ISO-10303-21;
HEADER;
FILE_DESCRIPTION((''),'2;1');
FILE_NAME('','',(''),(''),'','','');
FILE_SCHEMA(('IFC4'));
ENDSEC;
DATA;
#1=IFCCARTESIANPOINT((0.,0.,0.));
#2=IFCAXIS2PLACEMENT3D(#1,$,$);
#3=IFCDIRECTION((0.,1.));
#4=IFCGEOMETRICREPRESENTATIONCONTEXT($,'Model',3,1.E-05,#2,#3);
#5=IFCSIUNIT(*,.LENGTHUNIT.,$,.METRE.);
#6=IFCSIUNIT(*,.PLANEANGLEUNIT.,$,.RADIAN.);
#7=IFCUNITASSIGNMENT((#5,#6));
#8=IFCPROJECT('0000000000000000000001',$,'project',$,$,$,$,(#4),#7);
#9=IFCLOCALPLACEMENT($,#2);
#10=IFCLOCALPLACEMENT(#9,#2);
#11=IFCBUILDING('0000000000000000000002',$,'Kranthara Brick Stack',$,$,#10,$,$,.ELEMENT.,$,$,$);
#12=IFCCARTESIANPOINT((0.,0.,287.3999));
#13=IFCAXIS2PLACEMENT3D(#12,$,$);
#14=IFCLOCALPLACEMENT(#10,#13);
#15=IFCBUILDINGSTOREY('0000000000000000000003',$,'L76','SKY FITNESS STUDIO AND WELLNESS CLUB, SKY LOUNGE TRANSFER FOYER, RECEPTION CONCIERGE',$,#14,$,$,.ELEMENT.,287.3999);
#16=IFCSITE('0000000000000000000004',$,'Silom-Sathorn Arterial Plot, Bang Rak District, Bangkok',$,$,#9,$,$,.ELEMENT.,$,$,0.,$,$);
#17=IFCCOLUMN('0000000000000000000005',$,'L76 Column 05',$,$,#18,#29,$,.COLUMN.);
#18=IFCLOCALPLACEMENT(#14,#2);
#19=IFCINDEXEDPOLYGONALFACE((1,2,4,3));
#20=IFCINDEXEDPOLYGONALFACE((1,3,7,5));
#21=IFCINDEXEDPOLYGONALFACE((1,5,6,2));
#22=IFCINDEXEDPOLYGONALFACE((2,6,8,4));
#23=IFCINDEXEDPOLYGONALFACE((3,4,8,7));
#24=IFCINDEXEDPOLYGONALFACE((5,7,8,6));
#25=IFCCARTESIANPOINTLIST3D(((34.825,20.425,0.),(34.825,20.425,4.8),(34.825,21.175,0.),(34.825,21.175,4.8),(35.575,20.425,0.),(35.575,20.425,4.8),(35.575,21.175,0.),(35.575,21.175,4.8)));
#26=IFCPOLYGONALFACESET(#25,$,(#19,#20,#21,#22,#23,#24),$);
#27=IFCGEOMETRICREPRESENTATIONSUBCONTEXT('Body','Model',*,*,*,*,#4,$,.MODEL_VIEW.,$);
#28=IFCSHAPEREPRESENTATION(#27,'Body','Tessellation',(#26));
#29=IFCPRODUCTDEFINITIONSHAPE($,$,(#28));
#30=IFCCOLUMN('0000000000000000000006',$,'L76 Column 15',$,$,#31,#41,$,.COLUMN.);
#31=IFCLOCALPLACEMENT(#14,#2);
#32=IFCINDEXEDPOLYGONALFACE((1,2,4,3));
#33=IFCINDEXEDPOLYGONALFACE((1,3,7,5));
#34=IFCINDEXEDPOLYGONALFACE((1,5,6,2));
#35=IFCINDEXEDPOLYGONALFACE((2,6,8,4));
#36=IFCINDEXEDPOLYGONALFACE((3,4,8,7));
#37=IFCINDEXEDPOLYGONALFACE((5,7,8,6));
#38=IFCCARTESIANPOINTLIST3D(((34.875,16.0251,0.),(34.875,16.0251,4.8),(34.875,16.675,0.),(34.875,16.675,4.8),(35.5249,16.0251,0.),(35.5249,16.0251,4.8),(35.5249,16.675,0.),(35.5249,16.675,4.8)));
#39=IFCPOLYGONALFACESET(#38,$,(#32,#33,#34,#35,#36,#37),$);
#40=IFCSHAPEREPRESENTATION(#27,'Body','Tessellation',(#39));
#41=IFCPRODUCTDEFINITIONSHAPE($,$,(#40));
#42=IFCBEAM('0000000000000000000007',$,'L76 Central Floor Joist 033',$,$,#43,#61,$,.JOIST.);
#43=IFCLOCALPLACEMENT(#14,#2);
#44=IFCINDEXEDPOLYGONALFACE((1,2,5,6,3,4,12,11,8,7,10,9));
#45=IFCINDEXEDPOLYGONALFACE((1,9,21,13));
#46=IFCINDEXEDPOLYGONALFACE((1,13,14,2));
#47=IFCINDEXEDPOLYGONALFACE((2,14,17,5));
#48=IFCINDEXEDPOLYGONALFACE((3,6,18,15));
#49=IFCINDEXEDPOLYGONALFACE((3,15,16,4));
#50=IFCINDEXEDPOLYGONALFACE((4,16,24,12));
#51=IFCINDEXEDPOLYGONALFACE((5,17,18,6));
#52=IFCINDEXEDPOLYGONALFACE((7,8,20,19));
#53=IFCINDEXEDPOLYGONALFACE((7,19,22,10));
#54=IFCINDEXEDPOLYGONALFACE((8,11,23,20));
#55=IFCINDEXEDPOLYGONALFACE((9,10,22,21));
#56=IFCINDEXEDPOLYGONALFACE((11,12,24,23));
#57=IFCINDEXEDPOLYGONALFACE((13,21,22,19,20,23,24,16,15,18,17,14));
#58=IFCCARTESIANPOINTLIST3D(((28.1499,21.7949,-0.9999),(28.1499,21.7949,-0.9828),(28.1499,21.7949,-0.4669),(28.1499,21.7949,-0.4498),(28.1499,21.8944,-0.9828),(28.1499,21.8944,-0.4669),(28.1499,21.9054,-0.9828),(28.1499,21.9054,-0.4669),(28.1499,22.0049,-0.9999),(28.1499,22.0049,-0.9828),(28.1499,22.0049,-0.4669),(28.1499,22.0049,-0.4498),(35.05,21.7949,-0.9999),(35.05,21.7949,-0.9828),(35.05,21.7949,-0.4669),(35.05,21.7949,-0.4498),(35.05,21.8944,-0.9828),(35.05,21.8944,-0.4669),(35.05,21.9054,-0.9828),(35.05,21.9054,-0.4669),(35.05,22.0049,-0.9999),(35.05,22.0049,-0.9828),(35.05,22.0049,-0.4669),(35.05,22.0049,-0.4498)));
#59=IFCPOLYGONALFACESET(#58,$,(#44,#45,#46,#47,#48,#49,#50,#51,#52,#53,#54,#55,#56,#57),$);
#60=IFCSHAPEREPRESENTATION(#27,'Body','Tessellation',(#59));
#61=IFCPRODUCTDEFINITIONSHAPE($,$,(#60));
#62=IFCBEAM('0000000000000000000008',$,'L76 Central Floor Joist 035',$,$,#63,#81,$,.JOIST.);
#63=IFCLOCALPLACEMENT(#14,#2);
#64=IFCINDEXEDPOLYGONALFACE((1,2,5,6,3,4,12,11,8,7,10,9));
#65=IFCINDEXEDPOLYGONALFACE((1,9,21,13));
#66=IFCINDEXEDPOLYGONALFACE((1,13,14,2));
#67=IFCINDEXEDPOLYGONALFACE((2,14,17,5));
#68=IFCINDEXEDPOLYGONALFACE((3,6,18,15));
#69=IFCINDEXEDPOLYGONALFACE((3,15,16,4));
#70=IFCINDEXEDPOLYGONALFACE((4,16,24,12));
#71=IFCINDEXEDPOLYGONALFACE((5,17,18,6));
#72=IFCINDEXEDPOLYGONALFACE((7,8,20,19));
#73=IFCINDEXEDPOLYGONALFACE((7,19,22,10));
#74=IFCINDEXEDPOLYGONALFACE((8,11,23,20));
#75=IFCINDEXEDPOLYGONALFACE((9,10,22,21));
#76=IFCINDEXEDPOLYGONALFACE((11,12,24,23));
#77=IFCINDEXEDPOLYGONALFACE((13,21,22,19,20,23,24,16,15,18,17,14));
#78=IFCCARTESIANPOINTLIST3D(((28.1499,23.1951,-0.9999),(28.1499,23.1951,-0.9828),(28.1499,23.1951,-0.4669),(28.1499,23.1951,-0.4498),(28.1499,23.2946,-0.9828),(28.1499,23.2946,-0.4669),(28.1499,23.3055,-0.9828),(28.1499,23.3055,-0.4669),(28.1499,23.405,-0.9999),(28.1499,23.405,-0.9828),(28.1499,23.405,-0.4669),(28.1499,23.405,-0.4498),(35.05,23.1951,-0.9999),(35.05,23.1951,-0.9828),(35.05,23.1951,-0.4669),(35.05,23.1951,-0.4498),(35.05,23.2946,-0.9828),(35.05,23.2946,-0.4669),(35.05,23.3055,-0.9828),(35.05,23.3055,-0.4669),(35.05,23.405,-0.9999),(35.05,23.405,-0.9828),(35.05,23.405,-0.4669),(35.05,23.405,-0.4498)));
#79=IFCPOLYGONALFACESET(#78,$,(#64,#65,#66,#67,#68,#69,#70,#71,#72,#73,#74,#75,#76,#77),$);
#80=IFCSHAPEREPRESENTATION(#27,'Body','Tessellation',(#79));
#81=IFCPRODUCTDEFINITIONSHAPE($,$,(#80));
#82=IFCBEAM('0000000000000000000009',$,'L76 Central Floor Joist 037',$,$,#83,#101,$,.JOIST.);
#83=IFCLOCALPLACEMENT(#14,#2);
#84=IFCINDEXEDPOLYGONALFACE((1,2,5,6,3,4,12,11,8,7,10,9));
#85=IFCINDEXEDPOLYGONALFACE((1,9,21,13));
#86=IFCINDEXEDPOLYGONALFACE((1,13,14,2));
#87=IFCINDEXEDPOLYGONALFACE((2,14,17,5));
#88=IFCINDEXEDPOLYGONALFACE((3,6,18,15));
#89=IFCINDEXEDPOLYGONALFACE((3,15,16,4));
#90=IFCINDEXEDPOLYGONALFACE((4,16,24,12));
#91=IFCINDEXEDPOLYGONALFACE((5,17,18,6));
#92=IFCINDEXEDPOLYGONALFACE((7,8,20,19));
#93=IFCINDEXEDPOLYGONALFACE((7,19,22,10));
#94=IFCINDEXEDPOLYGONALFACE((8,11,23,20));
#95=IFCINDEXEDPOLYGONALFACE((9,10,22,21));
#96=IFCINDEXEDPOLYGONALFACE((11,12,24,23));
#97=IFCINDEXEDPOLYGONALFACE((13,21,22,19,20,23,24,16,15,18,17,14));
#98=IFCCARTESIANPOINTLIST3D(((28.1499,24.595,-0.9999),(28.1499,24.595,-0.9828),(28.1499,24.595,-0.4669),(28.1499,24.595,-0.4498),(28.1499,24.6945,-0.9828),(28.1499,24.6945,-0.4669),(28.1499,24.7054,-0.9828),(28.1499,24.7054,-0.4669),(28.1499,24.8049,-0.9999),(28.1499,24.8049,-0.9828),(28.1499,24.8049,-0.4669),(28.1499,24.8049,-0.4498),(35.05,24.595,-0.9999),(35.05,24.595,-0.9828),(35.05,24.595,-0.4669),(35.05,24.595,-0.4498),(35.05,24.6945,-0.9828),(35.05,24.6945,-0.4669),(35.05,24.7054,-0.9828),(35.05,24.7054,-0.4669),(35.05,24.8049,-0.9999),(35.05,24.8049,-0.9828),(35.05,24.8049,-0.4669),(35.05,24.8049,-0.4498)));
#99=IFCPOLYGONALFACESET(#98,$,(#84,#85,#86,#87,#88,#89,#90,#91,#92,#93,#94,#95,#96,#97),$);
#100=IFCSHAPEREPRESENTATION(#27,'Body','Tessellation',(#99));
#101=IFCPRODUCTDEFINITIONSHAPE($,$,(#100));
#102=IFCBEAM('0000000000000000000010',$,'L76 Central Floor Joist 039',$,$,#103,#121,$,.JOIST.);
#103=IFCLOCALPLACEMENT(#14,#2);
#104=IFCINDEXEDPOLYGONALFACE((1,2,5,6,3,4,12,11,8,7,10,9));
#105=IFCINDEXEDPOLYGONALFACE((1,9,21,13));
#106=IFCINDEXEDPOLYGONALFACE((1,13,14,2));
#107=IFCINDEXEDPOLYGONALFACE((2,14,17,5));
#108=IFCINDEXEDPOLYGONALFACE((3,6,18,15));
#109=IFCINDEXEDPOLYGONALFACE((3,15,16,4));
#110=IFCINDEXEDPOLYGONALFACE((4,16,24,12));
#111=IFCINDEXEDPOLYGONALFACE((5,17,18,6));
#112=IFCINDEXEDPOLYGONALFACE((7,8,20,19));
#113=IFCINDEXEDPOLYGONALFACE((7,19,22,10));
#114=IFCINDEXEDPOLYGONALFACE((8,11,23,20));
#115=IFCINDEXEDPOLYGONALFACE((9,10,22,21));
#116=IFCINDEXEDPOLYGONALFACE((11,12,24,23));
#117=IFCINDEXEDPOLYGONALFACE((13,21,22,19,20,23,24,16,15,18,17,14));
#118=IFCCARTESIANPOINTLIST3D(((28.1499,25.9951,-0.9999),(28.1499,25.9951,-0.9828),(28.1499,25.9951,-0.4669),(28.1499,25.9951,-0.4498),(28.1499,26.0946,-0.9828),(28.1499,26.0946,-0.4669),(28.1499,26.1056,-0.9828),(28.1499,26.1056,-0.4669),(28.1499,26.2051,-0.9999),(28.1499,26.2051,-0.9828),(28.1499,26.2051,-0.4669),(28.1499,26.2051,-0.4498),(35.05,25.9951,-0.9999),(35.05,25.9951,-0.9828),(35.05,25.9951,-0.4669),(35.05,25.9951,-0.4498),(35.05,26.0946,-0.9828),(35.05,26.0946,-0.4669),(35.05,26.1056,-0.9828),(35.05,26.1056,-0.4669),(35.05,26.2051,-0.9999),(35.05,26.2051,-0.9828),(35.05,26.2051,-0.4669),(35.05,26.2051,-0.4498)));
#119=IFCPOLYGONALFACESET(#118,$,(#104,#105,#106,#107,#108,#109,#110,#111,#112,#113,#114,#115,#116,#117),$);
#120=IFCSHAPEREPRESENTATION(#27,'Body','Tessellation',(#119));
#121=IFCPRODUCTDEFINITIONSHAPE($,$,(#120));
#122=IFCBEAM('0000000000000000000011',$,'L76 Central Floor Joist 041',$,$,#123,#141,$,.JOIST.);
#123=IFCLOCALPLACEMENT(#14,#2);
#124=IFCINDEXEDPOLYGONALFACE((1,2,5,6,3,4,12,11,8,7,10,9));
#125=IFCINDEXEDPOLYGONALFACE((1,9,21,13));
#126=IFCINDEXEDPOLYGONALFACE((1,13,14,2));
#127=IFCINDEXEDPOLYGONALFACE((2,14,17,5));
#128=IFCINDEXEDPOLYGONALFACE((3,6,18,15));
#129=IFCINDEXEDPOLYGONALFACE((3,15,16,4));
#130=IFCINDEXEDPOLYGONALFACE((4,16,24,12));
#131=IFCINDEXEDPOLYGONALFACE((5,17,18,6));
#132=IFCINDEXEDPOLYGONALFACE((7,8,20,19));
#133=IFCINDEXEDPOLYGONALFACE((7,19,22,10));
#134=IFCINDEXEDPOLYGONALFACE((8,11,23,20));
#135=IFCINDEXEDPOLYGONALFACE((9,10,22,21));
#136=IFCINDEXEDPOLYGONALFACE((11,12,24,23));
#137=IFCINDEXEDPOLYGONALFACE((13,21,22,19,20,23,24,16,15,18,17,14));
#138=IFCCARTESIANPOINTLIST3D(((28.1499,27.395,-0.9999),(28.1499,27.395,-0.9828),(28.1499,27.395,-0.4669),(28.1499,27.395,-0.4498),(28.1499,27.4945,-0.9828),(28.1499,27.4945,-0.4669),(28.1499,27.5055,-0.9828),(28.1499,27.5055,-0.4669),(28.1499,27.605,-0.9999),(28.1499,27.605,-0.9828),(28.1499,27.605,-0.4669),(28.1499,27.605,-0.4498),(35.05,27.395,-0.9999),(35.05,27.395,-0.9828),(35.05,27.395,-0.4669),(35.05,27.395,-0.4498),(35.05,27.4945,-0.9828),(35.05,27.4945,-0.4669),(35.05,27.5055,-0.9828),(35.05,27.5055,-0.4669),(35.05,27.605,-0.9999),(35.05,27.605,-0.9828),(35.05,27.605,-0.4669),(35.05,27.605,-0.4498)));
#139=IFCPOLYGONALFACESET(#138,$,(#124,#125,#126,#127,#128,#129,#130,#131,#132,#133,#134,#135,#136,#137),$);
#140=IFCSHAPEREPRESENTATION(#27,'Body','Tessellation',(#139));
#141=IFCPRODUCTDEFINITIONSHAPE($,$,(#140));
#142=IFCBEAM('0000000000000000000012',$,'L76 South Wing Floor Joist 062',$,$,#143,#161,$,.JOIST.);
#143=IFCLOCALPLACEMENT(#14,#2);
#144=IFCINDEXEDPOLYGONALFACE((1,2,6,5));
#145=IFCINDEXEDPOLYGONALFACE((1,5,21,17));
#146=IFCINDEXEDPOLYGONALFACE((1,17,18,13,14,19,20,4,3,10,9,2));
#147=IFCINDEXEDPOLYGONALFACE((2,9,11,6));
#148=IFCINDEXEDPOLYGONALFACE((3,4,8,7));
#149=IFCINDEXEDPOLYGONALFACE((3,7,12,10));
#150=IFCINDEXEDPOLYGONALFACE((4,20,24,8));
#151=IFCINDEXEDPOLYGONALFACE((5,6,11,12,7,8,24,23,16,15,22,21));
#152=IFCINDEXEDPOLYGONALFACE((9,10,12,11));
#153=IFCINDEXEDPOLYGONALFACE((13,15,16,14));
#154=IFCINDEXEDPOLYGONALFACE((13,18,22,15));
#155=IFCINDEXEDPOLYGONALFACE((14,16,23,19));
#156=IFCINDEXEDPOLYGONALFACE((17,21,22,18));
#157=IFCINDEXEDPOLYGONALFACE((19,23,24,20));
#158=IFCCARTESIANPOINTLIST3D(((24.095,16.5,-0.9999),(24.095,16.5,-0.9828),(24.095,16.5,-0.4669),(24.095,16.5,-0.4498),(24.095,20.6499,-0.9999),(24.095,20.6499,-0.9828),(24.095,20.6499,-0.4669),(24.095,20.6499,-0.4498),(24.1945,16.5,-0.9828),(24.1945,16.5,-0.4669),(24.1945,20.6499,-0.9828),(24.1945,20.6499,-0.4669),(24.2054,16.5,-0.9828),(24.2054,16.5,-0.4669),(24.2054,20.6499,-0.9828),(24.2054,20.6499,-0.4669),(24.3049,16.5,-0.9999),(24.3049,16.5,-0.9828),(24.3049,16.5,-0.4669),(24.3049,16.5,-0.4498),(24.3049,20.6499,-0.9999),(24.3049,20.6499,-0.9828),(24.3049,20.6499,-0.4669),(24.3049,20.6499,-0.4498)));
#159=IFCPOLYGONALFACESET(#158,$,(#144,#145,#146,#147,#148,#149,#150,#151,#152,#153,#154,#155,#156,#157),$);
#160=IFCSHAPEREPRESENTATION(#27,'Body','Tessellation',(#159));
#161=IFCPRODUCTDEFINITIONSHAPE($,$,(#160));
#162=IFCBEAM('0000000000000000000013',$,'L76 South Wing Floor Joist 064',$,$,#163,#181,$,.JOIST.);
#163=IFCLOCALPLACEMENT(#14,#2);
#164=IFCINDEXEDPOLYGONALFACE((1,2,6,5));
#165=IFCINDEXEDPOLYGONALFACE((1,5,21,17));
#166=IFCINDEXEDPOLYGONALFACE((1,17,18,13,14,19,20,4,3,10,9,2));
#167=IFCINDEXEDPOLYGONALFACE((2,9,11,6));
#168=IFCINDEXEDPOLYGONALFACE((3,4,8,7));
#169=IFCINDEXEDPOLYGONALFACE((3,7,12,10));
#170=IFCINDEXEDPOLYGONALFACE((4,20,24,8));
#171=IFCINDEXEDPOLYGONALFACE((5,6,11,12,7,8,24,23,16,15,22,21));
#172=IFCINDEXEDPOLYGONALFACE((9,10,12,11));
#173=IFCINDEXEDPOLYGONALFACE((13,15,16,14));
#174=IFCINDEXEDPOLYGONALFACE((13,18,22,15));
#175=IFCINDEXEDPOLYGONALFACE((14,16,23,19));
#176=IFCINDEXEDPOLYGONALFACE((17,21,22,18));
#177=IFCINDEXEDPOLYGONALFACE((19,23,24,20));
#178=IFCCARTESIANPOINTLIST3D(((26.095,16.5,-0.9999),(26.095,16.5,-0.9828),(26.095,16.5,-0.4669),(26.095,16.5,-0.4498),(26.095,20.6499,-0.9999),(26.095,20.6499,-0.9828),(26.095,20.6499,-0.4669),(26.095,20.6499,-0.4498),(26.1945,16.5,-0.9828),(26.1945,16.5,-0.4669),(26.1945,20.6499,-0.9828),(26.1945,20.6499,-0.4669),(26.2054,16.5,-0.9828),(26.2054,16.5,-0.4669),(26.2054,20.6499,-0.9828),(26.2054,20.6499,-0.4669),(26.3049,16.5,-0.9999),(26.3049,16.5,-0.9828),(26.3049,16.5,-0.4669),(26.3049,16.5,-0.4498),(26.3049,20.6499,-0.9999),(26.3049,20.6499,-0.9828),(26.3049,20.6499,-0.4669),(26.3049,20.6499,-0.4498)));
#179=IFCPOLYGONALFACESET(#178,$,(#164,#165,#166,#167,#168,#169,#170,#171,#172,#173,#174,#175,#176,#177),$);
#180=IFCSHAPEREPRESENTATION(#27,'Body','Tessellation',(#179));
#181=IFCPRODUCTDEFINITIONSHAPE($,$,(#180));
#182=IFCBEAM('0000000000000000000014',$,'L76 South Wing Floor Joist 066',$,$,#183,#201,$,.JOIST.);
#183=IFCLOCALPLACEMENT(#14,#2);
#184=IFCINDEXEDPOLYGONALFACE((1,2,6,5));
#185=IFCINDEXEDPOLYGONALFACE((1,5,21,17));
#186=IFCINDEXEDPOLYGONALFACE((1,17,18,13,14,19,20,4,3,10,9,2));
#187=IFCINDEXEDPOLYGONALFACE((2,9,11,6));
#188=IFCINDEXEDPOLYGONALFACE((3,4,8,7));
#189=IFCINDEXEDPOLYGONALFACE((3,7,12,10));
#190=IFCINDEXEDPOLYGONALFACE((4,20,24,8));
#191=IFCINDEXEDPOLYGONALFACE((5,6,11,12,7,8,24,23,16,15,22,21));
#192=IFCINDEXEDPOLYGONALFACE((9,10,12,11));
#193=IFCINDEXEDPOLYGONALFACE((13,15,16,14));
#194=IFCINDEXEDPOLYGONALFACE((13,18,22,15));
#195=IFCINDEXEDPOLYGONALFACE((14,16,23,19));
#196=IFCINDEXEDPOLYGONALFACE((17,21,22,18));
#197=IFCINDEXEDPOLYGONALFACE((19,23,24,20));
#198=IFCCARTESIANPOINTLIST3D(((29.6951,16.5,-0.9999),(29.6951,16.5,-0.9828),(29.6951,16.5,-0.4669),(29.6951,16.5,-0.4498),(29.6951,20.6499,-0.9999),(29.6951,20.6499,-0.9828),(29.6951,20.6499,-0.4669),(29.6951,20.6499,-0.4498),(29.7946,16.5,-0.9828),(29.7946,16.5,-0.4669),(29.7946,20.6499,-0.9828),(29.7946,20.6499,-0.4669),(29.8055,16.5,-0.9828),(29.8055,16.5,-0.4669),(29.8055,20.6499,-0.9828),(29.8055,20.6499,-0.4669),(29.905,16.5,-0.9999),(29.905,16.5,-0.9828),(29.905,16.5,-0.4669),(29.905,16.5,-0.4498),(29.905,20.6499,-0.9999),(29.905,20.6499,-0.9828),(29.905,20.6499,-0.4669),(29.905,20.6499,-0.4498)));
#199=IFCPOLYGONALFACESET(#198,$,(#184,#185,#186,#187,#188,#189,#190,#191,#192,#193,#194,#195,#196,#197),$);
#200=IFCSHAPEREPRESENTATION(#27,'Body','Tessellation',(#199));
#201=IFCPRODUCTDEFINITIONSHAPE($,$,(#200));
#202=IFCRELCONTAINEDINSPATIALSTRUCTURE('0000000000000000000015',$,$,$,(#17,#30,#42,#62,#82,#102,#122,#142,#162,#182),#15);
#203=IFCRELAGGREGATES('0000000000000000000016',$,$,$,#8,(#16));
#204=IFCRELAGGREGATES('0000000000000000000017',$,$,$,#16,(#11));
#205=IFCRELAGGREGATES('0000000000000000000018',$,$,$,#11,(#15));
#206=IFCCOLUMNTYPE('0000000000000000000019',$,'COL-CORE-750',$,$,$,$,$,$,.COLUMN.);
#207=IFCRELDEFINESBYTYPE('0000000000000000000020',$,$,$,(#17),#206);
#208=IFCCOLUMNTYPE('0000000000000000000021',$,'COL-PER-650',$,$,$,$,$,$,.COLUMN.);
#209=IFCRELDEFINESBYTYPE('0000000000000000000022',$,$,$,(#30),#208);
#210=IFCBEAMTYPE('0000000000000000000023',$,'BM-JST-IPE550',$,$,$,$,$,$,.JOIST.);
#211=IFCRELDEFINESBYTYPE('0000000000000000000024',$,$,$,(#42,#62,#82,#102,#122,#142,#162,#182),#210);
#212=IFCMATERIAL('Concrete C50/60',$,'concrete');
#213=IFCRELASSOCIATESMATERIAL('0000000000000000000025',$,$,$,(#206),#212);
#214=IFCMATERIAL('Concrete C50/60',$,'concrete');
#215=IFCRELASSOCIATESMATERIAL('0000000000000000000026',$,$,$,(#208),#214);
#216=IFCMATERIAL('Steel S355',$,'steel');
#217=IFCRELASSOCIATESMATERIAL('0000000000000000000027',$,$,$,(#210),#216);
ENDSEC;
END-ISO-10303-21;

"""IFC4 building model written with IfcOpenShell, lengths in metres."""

from ifc_helpers import new_model, si_unit, direction, frame, origin, origin_2d, place, context, subcontext, project, spatial, rectangle, i_section, extrude, material, material_profile, profile_set, type_object, element, save


model = new_model("IFC4")

# Units and contexts
model_context = context("Model", 3, precision=1e-05, world=origin(), true_north=direction((0.0, 1.0)))
body_context = subcontext(model_context, "Body", "Model", "MODEL_VIEW")
ifc_project = project(units=[si_unit("LENGTHUNIT", "METRE"), si_unit("PLANEANGLEUNIT", "RADIAN")], contexts=[model_context])

# Site, building, storey
site_placement = place(None, origin())
site = spatial("IfcSite", under=ifc_project, at=site_placement, Name="Silom-Sathorn Arterial Plot, Bang Rak District, Bangkok", CompositionType="ELEMENT", RefElevation=0.0)
building_placement = place(site_placement, origin())
building = spatial("IfcBuilding", under=site, at=building_placement, Name="Kranthara Brick Stack", CompositionType="ELEMENT")
storey_placement = place(building_placement, frame((0.0, 0.0, 287.3999)))
storey = spatial("IfcBuildingStorey", under=building, at=storey_placement, Name="L76", Description="SKY FITNESS STUDIO AND WELLNESS CLUB, SKY LOUNGE TRANSFER FOYER, RECEPTION CONCIERGE", CompositionType="ELEMENT", Elevation=287.3999)

# Columns
ifc_material_1 = material(Name="Concrete C50/60", Category="concrete")
ifc_material_profile_1 = material_profile(ifc_material_1, rectangle(XDim=0.75, YDim=0.75, at=origin_2d()), Name="RC 750x750")
ifc_profile_set_1 = profile_set([ifc_material_profile_1], Name="Concrete C50/60")
column_type_1 = type_object("IfcColumnType", Name="COL-CORE-750", PredefinedType="COLUMN", material=ifc_profile_set_1)
column_1_placement = place(storey_placement, frame((35.2, 20.8, 0.0), z_axis=(0.0, 0.0, 1.0), x_axis=(1.0, 0.0, 0.0)))
element("IfcColumn", 1, at=column_1_placement, inside=storey, type_object=column_type_1, Name="L76 Column 05", PredefinedType="COLUMN", context=body_context, shape_type="SweptSolid", body=[
    extrude(rectangle(XDim=0.75, YDim=0.75, at=origin_2d()), origin(), (0.0, 0.0, 1.0), 4.8),
])
ifc_material_2 = material(Name="Concrete C50/60", Category="concrete")
ifc_material_profile_2 = material_profile(ifc_material_2, rectangle(XDim=0.6499, YDim=0.6499, at=origin_2d()), Name="RC 650x650")
ifc_profile_set_2 = profile_set([ifc_material_profile_2], Name="Concrete C50/60")
column_type_2 = type_object("IfcColumnType", Name="COL-PER-650", PredefinedType="COLUMN", material=ifc_profile_set_2)
column_2_placement = place(storey_placement, frame((35.2, 16.3501, 0.0), z_axis=(0.0, 0.0, 1.0), x_axis=(1.0, 0.0, 0.0)))
element("IfcColumn", 2, at=column_2_placement, inside=storey, type_object=column_type_2, Name="L76 Column 15", PredefinedType="COLUMN", context=body_context, shape_type="SweptSolid", body=[
    extrude(rectangle(XDim=0.6499, YDim=0.6499, at=origin_2d()), origin(), (0.0, 0.0, 1.0), 4.8),
])

# Beams
ifc_material_3 = material(Name="Steel S355", Category="steel")
ifc_material_profile_3 = material_profile(ifc_material_3, i_section(OverallWidth=0.21, OverallDepth=0.55, WebThickness=0.011, FlangeThickness=0.0171, at=origin_2d()), Name="IPE 550")
ifc_profile_set_3 = profile_set([ifc_material_profile_3], Name="Steel S355")
beam_type_1 = type_object("IfcBeamType", Name="BM-JST-IPE550", PredefinedType="JOIST", material=ifc_profile_set_3)
for number, where, z_axis, x_axis, name in (
    (3, (28.1499, 21.8999, -0.7249), (1.0, 0.0, 0.0), (0.0, 1.0, 0.0), "L76 Central Floor Joist 033"),
    (4, (28.1499, 23.3, -0.7249), (1.0, 0.0, 0.0), (0.0, 1.0, 0.0), "L76 Central Floor Joist 035"),
    (5, (28.1499, 24.7, -0.7249), (1.0, 0.0, 0.0), (0.0, 1.0, 0.0), "L76 Central Floor Joist 037"),
    (6, (28.1499, 26.1001, -0.7249), (1.0, 0.0, 0.0), (0.0, 1.0, 0.0), "L76 Central Floor Joist 039"),
    (7, (28.1499, 27.5, -0.7249), (1.0, 0.0, 0.0), (0.0, 1.0, 0.0), "L76 Central Floor Joist 041"),
):
    element("IfcBeam", number, at=place(storey_placement, frame(where, z_axis=z_axis, x_axis=x_axis)), inside=storey, type_object=beam_type_1, Name=name, PredefinedType="JOIST", context=body_context, shape_type="SweptSolid", body=[
        extrude(i_section(OverallWidth=0.21, OverallDepth=0.55, WebThickness=0.011, FlangeThickness=0.0171, at=origin_2d()), origin(), (0.0, 0.0, 1.0), 6.9001),
    ])
for number, where, z_axis, x_axis, name in (
    (8, (24.2, 16.5, -0.7249), (0.0, 1.0, 0.0), (-1.0, 0.0, 0.0), "L76 South Wing Floor Joist 062"),
    (9, (26.2, 16.5, -0.7249), (0.0, 1.0, 0.0), (-1.0, 0.0, 0.0), "L76 South Wing Floor Joist 064"),
    (10, (29.8, 16.5, -0.7249), (0.0, 1.0, 0.0), (-1.0, 0.0, 0.0), "L76 South Wing Floor Joist 066"),
):
    element("IfcBeam", number, at=place(storey_placement, frame(where, z_axis=z_axis, x_axis=x_axis)), inside=storey, type_object=beam_type_1, Name=name, PredefinedType="JOIST", context=body_context, shape_type="SweptSolid", body=[
        extrude(i_section(OverallWidth=0.21, OverallDepth=0.55, WebThickness=0.011, FlangeThickness=0.0171, at=origin_2d()), origin(), (0.0, 0.0, 1.0), 4.1499),
    ])

save(model, "model.ifc")
